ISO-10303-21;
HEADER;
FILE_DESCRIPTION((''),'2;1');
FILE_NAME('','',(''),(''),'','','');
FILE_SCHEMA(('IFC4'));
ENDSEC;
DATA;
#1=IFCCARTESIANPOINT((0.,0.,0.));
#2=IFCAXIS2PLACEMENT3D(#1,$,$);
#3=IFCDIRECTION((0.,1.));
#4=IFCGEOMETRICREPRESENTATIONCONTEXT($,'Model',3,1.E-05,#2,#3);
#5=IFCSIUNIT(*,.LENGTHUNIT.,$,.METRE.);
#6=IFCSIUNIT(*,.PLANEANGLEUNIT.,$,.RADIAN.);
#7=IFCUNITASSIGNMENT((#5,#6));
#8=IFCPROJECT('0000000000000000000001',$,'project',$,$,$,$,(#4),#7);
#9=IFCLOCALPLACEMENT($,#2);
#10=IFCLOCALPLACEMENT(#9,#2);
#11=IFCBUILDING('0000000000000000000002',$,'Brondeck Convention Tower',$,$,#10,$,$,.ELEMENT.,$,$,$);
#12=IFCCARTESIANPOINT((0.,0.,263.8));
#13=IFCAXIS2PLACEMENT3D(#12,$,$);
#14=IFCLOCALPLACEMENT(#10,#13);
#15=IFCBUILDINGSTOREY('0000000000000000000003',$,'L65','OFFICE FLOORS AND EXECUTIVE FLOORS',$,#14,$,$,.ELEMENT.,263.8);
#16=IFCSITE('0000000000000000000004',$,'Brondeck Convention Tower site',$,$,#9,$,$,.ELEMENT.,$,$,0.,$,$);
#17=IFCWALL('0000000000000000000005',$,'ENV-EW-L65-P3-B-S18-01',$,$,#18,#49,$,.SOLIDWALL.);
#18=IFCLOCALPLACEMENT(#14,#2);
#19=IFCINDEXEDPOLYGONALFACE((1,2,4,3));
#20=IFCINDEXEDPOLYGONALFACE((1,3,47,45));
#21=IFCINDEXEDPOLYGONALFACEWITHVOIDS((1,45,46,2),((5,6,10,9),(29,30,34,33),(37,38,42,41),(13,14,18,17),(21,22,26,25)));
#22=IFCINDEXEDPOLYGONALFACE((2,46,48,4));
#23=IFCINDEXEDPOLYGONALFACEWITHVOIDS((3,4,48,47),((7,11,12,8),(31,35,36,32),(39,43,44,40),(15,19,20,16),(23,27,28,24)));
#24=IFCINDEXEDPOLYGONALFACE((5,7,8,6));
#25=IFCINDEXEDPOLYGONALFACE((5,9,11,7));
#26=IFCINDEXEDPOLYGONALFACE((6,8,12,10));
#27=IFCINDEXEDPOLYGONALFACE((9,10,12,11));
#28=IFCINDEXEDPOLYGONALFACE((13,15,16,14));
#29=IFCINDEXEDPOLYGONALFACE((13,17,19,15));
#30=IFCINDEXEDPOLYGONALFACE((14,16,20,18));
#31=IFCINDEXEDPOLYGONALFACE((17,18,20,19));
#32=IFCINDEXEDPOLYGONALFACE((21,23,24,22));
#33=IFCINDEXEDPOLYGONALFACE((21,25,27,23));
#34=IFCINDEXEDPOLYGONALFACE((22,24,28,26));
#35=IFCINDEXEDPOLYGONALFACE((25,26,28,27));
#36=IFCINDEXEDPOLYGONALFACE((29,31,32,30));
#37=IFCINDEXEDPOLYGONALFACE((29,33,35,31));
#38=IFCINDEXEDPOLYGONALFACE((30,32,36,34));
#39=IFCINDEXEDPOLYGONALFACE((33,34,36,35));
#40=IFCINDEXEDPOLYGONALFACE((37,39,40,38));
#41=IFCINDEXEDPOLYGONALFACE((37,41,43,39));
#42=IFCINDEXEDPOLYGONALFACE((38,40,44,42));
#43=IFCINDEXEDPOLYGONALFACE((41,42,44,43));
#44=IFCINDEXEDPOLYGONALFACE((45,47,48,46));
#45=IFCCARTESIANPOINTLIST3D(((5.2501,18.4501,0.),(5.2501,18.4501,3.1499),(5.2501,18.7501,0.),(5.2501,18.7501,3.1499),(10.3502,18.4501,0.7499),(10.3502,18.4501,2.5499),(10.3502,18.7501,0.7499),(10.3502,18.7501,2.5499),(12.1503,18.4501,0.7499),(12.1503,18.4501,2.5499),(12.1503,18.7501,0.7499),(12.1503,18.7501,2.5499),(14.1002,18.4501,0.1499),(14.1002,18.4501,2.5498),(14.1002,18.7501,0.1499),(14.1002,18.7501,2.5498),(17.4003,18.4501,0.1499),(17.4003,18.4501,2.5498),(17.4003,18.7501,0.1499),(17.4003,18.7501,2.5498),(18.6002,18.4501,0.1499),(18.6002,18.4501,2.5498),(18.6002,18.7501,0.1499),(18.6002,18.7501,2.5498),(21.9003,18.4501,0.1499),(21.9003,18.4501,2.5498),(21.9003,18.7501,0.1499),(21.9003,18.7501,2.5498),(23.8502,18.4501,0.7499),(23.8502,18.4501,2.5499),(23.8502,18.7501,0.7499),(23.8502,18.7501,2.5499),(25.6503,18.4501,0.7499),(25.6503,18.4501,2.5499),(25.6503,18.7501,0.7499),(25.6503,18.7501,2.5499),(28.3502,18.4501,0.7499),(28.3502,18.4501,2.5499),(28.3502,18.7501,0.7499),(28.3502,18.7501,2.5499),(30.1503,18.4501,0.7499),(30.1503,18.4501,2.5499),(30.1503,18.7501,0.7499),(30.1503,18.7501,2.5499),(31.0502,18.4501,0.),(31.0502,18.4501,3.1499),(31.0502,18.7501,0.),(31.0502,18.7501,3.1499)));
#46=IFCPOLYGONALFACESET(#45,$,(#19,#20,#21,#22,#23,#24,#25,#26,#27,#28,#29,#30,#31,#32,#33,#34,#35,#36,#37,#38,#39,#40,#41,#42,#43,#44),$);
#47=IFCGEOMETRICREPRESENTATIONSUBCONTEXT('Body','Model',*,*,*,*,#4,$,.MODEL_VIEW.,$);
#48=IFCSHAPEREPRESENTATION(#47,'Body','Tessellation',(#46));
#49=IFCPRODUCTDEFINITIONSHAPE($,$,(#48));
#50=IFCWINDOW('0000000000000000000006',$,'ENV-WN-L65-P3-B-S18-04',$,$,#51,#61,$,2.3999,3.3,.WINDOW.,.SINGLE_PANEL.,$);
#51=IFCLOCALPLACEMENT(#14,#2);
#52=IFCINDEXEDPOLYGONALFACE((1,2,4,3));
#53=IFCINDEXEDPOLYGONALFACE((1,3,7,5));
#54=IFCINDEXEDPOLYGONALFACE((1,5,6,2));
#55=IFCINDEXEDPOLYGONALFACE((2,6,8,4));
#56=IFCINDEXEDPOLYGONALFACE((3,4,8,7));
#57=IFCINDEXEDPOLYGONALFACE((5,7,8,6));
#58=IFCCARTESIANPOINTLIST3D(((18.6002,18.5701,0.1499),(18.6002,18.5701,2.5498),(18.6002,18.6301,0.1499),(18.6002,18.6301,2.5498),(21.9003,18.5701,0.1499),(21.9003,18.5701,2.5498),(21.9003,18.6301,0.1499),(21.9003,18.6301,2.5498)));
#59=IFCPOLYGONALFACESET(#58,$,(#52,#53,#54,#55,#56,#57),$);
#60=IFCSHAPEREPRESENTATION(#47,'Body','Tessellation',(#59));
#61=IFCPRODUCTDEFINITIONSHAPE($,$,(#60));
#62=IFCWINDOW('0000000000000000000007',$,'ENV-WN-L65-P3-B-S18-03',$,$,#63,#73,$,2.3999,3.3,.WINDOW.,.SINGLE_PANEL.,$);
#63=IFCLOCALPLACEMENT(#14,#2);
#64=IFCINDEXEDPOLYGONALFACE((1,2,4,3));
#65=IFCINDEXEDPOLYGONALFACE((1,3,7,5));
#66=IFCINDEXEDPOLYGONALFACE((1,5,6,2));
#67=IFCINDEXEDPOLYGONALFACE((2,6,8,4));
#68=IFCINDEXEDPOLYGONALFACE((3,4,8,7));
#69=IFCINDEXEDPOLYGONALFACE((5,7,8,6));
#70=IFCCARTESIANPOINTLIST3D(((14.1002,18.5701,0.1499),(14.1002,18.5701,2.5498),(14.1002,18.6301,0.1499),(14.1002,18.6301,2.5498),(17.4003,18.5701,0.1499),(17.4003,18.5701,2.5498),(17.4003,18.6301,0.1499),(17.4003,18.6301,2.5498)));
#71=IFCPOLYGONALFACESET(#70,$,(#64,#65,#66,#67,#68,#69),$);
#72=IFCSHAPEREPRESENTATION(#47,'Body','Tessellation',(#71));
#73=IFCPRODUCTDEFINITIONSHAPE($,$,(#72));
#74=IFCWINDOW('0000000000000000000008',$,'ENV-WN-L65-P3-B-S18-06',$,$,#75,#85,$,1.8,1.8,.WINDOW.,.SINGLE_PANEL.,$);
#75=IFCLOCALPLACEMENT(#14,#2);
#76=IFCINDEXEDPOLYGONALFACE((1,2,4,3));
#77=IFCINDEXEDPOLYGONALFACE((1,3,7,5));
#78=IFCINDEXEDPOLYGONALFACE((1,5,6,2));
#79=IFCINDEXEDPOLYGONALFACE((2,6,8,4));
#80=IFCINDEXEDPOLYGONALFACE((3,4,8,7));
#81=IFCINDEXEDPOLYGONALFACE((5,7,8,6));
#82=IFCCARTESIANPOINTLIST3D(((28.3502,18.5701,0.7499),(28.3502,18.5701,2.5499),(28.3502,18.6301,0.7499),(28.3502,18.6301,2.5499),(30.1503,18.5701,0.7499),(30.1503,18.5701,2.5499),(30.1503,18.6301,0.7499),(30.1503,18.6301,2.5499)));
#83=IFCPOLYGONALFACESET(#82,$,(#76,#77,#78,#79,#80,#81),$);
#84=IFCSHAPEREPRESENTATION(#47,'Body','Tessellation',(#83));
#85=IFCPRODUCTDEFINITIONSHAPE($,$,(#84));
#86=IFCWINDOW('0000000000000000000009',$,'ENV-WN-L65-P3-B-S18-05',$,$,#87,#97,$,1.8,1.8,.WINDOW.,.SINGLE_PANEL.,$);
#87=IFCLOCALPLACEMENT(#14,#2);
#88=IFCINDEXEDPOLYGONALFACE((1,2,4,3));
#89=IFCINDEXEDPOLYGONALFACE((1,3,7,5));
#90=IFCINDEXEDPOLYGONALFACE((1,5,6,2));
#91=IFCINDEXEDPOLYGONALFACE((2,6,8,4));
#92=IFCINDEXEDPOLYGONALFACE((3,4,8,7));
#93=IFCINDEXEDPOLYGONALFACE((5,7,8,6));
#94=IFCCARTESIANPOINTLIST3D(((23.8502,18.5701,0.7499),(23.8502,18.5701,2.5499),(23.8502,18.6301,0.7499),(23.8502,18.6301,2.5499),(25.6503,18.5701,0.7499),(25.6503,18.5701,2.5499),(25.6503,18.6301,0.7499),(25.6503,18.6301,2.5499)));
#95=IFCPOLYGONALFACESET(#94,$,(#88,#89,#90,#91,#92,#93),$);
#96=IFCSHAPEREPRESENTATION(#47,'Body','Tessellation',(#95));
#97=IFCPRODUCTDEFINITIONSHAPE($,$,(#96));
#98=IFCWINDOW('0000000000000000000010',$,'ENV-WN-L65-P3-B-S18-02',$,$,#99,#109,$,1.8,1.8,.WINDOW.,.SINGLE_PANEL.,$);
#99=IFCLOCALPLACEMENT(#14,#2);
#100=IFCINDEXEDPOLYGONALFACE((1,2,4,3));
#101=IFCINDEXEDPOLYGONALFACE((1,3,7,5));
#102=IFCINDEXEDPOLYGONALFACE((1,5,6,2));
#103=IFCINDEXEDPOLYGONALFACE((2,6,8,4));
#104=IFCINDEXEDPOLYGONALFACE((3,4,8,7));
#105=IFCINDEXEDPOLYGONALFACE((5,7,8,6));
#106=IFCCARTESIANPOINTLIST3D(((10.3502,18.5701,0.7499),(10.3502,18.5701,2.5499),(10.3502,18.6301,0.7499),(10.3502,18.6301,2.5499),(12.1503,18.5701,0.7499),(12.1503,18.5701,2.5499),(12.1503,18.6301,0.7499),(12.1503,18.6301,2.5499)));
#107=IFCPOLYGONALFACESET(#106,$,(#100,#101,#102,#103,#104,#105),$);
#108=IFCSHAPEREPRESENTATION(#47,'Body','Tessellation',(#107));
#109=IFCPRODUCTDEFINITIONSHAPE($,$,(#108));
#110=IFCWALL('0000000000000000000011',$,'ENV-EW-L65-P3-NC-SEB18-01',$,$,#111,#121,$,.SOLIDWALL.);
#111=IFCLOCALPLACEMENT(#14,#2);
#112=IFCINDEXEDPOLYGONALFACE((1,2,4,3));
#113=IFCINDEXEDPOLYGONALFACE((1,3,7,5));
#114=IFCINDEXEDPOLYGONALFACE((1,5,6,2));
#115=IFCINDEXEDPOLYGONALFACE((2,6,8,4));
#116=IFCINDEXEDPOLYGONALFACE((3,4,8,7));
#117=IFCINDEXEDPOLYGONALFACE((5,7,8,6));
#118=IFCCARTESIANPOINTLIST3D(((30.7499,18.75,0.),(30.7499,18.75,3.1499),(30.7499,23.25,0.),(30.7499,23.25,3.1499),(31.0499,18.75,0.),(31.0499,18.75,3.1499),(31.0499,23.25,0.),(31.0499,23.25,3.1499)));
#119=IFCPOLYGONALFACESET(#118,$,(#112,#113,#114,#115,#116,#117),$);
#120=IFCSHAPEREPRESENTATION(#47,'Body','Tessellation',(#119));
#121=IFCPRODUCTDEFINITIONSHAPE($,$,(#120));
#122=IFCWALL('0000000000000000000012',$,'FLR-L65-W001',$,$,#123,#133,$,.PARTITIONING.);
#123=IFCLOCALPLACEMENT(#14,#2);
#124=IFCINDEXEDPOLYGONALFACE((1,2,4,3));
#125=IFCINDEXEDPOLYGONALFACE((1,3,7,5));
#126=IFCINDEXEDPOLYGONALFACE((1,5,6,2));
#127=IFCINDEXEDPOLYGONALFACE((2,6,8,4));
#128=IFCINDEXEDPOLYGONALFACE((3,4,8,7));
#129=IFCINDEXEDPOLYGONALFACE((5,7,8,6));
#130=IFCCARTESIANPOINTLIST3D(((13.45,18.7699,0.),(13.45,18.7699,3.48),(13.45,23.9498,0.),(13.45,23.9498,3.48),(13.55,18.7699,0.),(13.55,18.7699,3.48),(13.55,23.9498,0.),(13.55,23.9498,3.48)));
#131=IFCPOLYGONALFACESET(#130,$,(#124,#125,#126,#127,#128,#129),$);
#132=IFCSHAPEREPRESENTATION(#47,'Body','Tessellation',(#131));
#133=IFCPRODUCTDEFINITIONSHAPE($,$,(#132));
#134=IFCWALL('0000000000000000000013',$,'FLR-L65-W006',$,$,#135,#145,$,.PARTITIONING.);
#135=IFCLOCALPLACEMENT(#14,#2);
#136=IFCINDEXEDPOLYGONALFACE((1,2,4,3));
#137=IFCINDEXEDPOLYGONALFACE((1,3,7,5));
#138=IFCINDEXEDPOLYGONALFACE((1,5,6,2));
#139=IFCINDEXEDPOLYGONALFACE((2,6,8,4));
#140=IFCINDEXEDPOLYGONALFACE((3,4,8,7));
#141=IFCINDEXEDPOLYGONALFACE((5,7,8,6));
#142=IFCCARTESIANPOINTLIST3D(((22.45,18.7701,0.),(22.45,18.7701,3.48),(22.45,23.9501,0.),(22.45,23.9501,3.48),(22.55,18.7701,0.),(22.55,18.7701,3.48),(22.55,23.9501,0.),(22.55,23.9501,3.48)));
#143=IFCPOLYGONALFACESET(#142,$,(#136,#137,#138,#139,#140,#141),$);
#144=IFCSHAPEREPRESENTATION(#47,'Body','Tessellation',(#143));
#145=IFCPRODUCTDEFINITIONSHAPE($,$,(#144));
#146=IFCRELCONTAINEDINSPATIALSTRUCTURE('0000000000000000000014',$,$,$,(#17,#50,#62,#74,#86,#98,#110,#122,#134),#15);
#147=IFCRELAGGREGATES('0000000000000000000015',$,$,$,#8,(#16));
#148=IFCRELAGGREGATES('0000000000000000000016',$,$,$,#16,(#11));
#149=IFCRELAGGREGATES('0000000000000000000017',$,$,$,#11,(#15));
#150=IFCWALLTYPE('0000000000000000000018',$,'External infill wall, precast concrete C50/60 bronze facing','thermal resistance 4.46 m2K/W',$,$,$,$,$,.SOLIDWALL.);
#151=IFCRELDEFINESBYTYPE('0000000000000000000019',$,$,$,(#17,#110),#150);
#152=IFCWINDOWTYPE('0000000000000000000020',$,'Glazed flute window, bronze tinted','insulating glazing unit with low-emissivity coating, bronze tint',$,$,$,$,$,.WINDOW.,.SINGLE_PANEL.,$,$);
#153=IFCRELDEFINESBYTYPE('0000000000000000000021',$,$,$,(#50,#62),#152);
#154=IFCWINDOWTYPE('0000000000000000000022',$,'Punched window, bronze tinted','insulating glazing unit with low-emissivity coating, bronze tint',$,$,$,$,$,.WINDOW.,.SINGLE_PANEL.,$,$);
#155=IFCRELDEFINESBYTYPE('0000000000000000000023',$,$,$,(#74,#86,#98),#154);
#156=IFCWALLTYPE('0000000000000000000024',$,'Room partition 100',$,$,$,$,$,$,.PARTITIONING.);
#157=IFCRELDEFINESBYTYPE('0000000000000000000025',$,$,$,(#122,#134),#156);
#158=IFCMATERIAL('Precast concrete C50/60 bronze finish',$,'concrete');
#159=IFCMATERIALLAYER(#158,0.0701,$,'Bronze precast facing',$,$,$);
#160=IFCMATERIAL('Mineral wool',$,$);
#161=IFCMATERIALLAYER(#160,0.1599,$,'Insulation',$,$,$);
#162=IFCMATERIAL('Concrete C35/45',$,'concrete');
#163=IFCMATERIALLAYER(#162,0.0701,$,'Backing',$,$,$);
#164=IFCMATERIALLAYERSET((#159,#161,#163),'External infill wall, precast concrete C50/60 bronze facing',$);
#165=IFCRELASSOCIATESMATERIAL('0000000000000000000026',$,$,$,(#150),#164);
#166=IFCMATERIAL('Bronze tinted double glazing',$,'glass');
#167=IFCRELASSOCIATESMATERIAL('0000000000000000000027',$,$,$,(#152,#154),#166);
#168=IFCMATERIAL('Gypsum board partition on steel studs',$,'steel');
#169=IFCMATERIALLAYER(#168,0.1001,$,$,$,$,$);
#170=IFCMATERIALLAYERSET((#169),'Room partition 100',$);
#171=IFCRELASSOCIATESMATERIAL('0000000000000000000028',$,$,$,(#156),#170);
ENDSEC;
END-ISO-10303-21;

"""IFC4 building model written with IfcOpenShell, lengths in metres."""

from ifc_helpers import new_model, si_unit, direction, frame, frame_2d, origin, place, context, subcontext, project, spatial, rectangle, extrude, material, layer, layer_set, type_object, element, fill, save


model = new_model("IFC4")

# Units and contexts
model_context = context("Model", 3, precision=1e-05, world=origin(), true_north=direction((0.0, 1.0)))
body_context = subcontext(model_context, "Body", "Model", "MODEL_VIEW")
ifc_project = project(units=[si_unit("LENGTHUNIT", "METRE"), si_unit("PLANEANGLEUNIT", "RADIAN")], contexts=[model_context])

# Site, building, storey
site_placement = place(None, origin())
site = spatial("IfcSite", under=ifc_project, at=site_placement, Name="Brondeck Convention Tower site", CompositionType="ELEMENT", RefElevation=0.0)
building_placement = place(site_placement, origin())
building = spatial("IfcBuilding", under=site, at=building_placement, Name="Brondeck Convention Tower", CompositionType="ELEMENT")
storey_placement = place(building_placement, frame((0.0, 0.0, 263.8)))
storey = spatial("IfcBuildingStorey", under=building, at=storey_placement, Name="L65", Description="OFFICE FLOORS AND EXECUTIVE FLOORS", CompositionType="ELEMENT", Elevation=263.8)

# Wall, openings, windows
ifc_material_1 = material(Name="Precast concrete C50/60 bronze finish", Category="concrete")
ifc_layer_1 = layer(ifc_material_1, 0.0701, Name="Bronze precast facing")
ifc_material_2 = material(Name="Mineral wool")
ifc_layer_2 = layer(ifc_material_2, 0.1599, Name="Insulation")
ifc_material_3 = material(Name="Concrete C35/45", Category="concrete")
ifc_layer_3 = layer(ifc_material_3, 0.0701, Name="Backing")
ifc_layer_set_1 = layer_set([ifc_layer_1, ifc_layer_2, ifc_layer_3], Name="External infill wall, precast concrete C50/60 bronze facing")
wall_type_1 = type_object("IfcWallType", Name="External infill wall, precast concrete C50/60 bronze facing", Description="thermal resistance 4.46 m2K/W", PredefinedType="SOLIDWALL", material=ifc_layer_set_1)
wall_1_placement = place(storey_placement, frame((31.05, 18.6001, 0.0), z_axis=(0.0, 0.0, 1.0), x_axis=(-1.0, 0.0, 0.0)))
wall_1 = element("IfcWall", 1, at=wall_1_placement, inside=storey, type_object=wall_type_1, Name="ENV-EW-L65-P3-B-S18-01", PredefinedType="SOLIDWALL", context=body_context, shape_type="SweptSolid", body=[
    extrude(rectangle(XDim=25.8, YDim=0.3, at=frame_2d((12.8999, 0.0))), origin(), (0.0, 0.0, 1.0), 3.1499),
])
opening_1_placement = place(wall_1_placement, frame((0.8999, 0.0, 0.75)))
opening_1 = element("IfcOpeningElement", 2, at=opening_1_placement, cuts=wall_1, PredefinedType="OPENING", context=body_context, shape_type="SweptSolid", body=[
    extrude(rectangle(XDim=1.8, YDim=1.8, at=frame_2d((0.8999, 0.8999))), frame((0.0, 0.1599, 0.0), z_axis=(0.0, -1.0, 0.0), x_axis=(1.0, 0.0, 0.0)), (0.0, 0.0, 1.0), 0.3201),
])
opening_2_placement = place(wall_1_placement, frame((5.3999, 0.0, 0.75)))
opening_2 = element("IfcOpeningElement", 3, at=opening_2_placement, cuts=wall_1, PredefinedType="OPENING", context=body_context, shape_type="SweptSolid", body=[
    extrude(rectangle(XDim=1.8, YDim=1.8, at=frame_2d((0.8999, 0.8999))), frame((0.0, 0.1599, 0.0), z_axis=(0.0, -1.0, 0.0), x_axis=(1.0, 0.0, 0.0)), (0.0, 0.0, 1.0), 0.3201),
])
opening_3_placement = place(wall_1_placement, frame((9.1499, 0.0, 0.1499)))
opening_3 = element("IfcOpeningElement", 4, at=opening_3_placement, cuts=wall_1, PredefinedType="OPENING", context=body_context, shape_type="SweptSolid", body=[
    extrude(rectangle(XDim=3.3, YDim=2.3999, at=frame_2d((1.6499, 1.2))), frame((0.0, 0.1599, 0.0), z_axis=(0.0, -1.0, 0.0), x_axis=(1.0, 0.0, 0.0)), (0.0, 0.0, 1.0), 0.3201),
])
opening_4_placement = place(wall_1_placement, frame((13.6499, 0.0, 0.1499)))
opening_4 = element("IfcOpeningElement", 5, at=opening_4_placement, cuts=wall_1, PredefinedType="OPENING", context=body_context, shape_type="SweptSolid", body=[
    extrude(rectangle(XDim=3.3, YDim=2.3999, at=frame_2d((1.6499, 1.2))), frame((0.0, 0.1599, 0.0), z_axis=(0.0, -1.0, 0.0), x_axis=(1.0, 0.0, 0.0)), (0.0, 0.0, 1.0), 0.3201),
])
opening_5_placement = place(wall_1_placement, frame((18.8999, 0.0, 0.75)))
opening_5 = element("IfcOpeningElement", 6, at=opening_5_placement, cuts=wall_1, PredefinedType="OPENING", context=body_context, shape_type="SweptSolid", body=[
    extrude(rectangle(XDim=1.8, YDim=1.8, at=frame_2d((0.8999, 0.8999))), frame((0.0, 0.1599, 0.0), z_axis=(0.0, -1.0, 0.0), x_axis=(1.0, 0.0, 0.0)), (0.0, 0.0, 1.0), 0.3201),
])
ifc_material_4 = material(Name="Bronze tinted double glazing", Category="glass")
window_type_1 = type_object("IfcWindowType", Name="Glazed flute window, bronze tinted", Description="insulating glazing unit with low-emissivity coating, bronze tint", PartitioningType="SINGLE_PANEL", PredefinedType="WINDOW", material=ifc_material_4)
window_1_placement = place(opening_3_placement, origin())
window_1 = element("IfcWindow", 7, at=window_1_placement, inside=storey, type_object=window_type_1, Name="ENV-WN-L65-P3-B-S18-04", OverallHeight=2.3999, OverallWidth=3.3, PartitioningType="SINGLE_PANEL", PredefinedType="WINDOW", context=body_context, shape_type="SweptSolid", body=[
    extrude(rectangle(XDim=3.3, YDim=2.3999, at=frame_2d((1.6499, 1.2))), frame((0.0, 0.03, 0.0), z_axis=(0.0, -1.0, 0.0), x_axis=(1.0, 0.0, 0.0)), (0.0, 0.0, 1.0), 0.0601),
])
fill(opening_3, window_1)
window_2_placement = place(opening_4_placement, origin())
window_2 = element("IfcWindow", 8, at=window_2_placement, inside=storey, type_object=window_type_1, Name="ENV-WN-L65-P3-B-S18-03", OverallHeight=2.3999, OverallWidth=3.3, PartitioningType="SINGLE_PANEL", PredefinedType="WINDOW", context=body_context, shape_type="SweptSolid", body=[
    extrude(rectangle(XDim=3.3, YDim=2.3999, at=frame_2d((1.6499, 1.2))), frame((0.0, 0.03, 0.0), z_axis=(0.0, -1.0, 0.0), x_axis=(1.0, 0.0, 0.0)), (0.0, 0.0, 1.0), 0.0601),
])
fill(opening_4, window_2)
window_type_2 = type_object("IfcWindowType", Name="Punched window, bronze tinted", Description="insulating glazing unit with low-emissivity coating, bronze tint", PartitioningType="SINGLE_PANEL", PredefinedType="WINDOW", material=ifc_material_4)
window_3_placement = place(opening_1_placement, origin())
window_3 = element("IfcWindow", 9, at=window_3_placement, inside=storey, type_object=window_type_2, Name="ENV-WN-L65-P3-B-S18-06", OverallHeight=1.8, OverallWidth=1.8, PartitioningType="SINGLE_PANEL", PredefinedType="WINDOW", context=body_context, shape_type="SweptSolid", body=[
    extrude(rectangle(XDim=1.8, YDim=1.8, at=frame_2d((0.8999, 0.8999))), frame((0.0, 0.03, 0.0), z_axis=(0.0, -1.0, 0.0), x_axis=(1.0, 0.0, 0.0)), (0.0, 0.0, 1.0), 0.0601),
])
fill(opening_1, window_3)
window_4_placement = place(opening_2_placement, origin())
window_4 = element("IfcWindow", 10, at=window_4_placement, inside=storey, type_object=window_type_2, Name="ENV-WN-L65-P3-B-S18-05", OverallHeight=1.8, OverallWidth=1.8, PartitioningType="SINGLE_PANEL", PredefinedType="WINDOW", context=body_context, shape_type="SweptSolid", body=[
    extrude(rectangle(XDim=1.8, YDim=1.8, at=frame_2d((0.8999, 0.8999))), frame((0.0, 0.03, 0.0), z_axis=(0.0, -1.0, 0.0), x_axis=(1.0, 0.0, 0.0)), (0.0, 0.0, 1.0), 0.0601),
])
fill(opening_2, window_4)
window_5_placement = place(opening_5_placement, origin())
window_5 = element("IfcWindow", 11, at=window_5_placement, inside=storey, type_object=window_type_2, Name="ENV-WN-L65-P3-B-S18-02", OverallHeight=1.8, OverallWidth=1.8, PartitioningType="SINGLE_PANEL", PredefinedType="WINDOW", context=body_context, shape_type="SweptSolid", body=[
    extrude(rectangle(XDim=1.8, YDim=1.8, at=frame_2d((0.8999, 0.8999))), frame((0.0, 0.03, 0.0), z_axis=(0.0, -1.0, 0.0), x_axis=(1.0, 0.0, 0.0)), (0.0, 0.0, 1.0), 0.0601),
])
fill(opening_5, window_5)

# Walls
wall_2_placement = place(storey_placement, frame((30.8999, 23.25, 0.0), z_axis=(0.0, 0.0, 1.0), x_axis=(0.0, -1.0, 0.0)))
element("IfcWall", 12, at=wall_2_placement, inside=storey, type_object=wall_type_1, Name="ENV-EW-L65-P3-NC-SEB18-01", PredefinedType="SOLIDWALL", context=body_context, shape_type="SweptSolid", body=[
    extrude(rectangle(XDim=4.5, YDim=0.3, at=frame_2d((2.25, 0.0))), origin(), (0.0, 0.0, 1.0), 3.1499),
])
ifc_material_5 = material(Name="Gypsum board partition on steel studs", Category="steel")
ifc_layer_4 = layer(ifc_material_5, 0.1001)
ifc_layer_set_2 = layer_set([ifc_layer_4], Name="Room partition 100")
wall_type_2 = type_object("IfcWallType", Name="Room partition 100", PredefinedType="PARTITIONING", material=ifc_layer_set_2)
for number, where, z_axis, x_axis, name in (
    (13, (13.5, 18.77, 0.0), (0.0, 0.0, 1.0), (0.0, 1.0, 0.0), "FLR-L65-W001"),
    (14, (22.5, 23.95, 0.0), (0.0, 0.0, 1.0), (0.0, -1.0, 0.0), "FLR-L65-W006"),
):
    element("IfcWall", number, at=place(storey_placement, frame(where, z_axis=z_axis, x_axis=x_axis)), inside=storey, type_object=wall_type_2, Name=name, PredefinedType="PARTITIONING", context=body_context, shape_type="SweptSolid", body=[
        extrude(rectangle(XDim=5.1799, YDim=0.1001, at=frame_2d((2.5898, 0.0))), origin(), (0.0, 0.0, 1.0), 3.48),
    ])

save(model, "model.ifc")
